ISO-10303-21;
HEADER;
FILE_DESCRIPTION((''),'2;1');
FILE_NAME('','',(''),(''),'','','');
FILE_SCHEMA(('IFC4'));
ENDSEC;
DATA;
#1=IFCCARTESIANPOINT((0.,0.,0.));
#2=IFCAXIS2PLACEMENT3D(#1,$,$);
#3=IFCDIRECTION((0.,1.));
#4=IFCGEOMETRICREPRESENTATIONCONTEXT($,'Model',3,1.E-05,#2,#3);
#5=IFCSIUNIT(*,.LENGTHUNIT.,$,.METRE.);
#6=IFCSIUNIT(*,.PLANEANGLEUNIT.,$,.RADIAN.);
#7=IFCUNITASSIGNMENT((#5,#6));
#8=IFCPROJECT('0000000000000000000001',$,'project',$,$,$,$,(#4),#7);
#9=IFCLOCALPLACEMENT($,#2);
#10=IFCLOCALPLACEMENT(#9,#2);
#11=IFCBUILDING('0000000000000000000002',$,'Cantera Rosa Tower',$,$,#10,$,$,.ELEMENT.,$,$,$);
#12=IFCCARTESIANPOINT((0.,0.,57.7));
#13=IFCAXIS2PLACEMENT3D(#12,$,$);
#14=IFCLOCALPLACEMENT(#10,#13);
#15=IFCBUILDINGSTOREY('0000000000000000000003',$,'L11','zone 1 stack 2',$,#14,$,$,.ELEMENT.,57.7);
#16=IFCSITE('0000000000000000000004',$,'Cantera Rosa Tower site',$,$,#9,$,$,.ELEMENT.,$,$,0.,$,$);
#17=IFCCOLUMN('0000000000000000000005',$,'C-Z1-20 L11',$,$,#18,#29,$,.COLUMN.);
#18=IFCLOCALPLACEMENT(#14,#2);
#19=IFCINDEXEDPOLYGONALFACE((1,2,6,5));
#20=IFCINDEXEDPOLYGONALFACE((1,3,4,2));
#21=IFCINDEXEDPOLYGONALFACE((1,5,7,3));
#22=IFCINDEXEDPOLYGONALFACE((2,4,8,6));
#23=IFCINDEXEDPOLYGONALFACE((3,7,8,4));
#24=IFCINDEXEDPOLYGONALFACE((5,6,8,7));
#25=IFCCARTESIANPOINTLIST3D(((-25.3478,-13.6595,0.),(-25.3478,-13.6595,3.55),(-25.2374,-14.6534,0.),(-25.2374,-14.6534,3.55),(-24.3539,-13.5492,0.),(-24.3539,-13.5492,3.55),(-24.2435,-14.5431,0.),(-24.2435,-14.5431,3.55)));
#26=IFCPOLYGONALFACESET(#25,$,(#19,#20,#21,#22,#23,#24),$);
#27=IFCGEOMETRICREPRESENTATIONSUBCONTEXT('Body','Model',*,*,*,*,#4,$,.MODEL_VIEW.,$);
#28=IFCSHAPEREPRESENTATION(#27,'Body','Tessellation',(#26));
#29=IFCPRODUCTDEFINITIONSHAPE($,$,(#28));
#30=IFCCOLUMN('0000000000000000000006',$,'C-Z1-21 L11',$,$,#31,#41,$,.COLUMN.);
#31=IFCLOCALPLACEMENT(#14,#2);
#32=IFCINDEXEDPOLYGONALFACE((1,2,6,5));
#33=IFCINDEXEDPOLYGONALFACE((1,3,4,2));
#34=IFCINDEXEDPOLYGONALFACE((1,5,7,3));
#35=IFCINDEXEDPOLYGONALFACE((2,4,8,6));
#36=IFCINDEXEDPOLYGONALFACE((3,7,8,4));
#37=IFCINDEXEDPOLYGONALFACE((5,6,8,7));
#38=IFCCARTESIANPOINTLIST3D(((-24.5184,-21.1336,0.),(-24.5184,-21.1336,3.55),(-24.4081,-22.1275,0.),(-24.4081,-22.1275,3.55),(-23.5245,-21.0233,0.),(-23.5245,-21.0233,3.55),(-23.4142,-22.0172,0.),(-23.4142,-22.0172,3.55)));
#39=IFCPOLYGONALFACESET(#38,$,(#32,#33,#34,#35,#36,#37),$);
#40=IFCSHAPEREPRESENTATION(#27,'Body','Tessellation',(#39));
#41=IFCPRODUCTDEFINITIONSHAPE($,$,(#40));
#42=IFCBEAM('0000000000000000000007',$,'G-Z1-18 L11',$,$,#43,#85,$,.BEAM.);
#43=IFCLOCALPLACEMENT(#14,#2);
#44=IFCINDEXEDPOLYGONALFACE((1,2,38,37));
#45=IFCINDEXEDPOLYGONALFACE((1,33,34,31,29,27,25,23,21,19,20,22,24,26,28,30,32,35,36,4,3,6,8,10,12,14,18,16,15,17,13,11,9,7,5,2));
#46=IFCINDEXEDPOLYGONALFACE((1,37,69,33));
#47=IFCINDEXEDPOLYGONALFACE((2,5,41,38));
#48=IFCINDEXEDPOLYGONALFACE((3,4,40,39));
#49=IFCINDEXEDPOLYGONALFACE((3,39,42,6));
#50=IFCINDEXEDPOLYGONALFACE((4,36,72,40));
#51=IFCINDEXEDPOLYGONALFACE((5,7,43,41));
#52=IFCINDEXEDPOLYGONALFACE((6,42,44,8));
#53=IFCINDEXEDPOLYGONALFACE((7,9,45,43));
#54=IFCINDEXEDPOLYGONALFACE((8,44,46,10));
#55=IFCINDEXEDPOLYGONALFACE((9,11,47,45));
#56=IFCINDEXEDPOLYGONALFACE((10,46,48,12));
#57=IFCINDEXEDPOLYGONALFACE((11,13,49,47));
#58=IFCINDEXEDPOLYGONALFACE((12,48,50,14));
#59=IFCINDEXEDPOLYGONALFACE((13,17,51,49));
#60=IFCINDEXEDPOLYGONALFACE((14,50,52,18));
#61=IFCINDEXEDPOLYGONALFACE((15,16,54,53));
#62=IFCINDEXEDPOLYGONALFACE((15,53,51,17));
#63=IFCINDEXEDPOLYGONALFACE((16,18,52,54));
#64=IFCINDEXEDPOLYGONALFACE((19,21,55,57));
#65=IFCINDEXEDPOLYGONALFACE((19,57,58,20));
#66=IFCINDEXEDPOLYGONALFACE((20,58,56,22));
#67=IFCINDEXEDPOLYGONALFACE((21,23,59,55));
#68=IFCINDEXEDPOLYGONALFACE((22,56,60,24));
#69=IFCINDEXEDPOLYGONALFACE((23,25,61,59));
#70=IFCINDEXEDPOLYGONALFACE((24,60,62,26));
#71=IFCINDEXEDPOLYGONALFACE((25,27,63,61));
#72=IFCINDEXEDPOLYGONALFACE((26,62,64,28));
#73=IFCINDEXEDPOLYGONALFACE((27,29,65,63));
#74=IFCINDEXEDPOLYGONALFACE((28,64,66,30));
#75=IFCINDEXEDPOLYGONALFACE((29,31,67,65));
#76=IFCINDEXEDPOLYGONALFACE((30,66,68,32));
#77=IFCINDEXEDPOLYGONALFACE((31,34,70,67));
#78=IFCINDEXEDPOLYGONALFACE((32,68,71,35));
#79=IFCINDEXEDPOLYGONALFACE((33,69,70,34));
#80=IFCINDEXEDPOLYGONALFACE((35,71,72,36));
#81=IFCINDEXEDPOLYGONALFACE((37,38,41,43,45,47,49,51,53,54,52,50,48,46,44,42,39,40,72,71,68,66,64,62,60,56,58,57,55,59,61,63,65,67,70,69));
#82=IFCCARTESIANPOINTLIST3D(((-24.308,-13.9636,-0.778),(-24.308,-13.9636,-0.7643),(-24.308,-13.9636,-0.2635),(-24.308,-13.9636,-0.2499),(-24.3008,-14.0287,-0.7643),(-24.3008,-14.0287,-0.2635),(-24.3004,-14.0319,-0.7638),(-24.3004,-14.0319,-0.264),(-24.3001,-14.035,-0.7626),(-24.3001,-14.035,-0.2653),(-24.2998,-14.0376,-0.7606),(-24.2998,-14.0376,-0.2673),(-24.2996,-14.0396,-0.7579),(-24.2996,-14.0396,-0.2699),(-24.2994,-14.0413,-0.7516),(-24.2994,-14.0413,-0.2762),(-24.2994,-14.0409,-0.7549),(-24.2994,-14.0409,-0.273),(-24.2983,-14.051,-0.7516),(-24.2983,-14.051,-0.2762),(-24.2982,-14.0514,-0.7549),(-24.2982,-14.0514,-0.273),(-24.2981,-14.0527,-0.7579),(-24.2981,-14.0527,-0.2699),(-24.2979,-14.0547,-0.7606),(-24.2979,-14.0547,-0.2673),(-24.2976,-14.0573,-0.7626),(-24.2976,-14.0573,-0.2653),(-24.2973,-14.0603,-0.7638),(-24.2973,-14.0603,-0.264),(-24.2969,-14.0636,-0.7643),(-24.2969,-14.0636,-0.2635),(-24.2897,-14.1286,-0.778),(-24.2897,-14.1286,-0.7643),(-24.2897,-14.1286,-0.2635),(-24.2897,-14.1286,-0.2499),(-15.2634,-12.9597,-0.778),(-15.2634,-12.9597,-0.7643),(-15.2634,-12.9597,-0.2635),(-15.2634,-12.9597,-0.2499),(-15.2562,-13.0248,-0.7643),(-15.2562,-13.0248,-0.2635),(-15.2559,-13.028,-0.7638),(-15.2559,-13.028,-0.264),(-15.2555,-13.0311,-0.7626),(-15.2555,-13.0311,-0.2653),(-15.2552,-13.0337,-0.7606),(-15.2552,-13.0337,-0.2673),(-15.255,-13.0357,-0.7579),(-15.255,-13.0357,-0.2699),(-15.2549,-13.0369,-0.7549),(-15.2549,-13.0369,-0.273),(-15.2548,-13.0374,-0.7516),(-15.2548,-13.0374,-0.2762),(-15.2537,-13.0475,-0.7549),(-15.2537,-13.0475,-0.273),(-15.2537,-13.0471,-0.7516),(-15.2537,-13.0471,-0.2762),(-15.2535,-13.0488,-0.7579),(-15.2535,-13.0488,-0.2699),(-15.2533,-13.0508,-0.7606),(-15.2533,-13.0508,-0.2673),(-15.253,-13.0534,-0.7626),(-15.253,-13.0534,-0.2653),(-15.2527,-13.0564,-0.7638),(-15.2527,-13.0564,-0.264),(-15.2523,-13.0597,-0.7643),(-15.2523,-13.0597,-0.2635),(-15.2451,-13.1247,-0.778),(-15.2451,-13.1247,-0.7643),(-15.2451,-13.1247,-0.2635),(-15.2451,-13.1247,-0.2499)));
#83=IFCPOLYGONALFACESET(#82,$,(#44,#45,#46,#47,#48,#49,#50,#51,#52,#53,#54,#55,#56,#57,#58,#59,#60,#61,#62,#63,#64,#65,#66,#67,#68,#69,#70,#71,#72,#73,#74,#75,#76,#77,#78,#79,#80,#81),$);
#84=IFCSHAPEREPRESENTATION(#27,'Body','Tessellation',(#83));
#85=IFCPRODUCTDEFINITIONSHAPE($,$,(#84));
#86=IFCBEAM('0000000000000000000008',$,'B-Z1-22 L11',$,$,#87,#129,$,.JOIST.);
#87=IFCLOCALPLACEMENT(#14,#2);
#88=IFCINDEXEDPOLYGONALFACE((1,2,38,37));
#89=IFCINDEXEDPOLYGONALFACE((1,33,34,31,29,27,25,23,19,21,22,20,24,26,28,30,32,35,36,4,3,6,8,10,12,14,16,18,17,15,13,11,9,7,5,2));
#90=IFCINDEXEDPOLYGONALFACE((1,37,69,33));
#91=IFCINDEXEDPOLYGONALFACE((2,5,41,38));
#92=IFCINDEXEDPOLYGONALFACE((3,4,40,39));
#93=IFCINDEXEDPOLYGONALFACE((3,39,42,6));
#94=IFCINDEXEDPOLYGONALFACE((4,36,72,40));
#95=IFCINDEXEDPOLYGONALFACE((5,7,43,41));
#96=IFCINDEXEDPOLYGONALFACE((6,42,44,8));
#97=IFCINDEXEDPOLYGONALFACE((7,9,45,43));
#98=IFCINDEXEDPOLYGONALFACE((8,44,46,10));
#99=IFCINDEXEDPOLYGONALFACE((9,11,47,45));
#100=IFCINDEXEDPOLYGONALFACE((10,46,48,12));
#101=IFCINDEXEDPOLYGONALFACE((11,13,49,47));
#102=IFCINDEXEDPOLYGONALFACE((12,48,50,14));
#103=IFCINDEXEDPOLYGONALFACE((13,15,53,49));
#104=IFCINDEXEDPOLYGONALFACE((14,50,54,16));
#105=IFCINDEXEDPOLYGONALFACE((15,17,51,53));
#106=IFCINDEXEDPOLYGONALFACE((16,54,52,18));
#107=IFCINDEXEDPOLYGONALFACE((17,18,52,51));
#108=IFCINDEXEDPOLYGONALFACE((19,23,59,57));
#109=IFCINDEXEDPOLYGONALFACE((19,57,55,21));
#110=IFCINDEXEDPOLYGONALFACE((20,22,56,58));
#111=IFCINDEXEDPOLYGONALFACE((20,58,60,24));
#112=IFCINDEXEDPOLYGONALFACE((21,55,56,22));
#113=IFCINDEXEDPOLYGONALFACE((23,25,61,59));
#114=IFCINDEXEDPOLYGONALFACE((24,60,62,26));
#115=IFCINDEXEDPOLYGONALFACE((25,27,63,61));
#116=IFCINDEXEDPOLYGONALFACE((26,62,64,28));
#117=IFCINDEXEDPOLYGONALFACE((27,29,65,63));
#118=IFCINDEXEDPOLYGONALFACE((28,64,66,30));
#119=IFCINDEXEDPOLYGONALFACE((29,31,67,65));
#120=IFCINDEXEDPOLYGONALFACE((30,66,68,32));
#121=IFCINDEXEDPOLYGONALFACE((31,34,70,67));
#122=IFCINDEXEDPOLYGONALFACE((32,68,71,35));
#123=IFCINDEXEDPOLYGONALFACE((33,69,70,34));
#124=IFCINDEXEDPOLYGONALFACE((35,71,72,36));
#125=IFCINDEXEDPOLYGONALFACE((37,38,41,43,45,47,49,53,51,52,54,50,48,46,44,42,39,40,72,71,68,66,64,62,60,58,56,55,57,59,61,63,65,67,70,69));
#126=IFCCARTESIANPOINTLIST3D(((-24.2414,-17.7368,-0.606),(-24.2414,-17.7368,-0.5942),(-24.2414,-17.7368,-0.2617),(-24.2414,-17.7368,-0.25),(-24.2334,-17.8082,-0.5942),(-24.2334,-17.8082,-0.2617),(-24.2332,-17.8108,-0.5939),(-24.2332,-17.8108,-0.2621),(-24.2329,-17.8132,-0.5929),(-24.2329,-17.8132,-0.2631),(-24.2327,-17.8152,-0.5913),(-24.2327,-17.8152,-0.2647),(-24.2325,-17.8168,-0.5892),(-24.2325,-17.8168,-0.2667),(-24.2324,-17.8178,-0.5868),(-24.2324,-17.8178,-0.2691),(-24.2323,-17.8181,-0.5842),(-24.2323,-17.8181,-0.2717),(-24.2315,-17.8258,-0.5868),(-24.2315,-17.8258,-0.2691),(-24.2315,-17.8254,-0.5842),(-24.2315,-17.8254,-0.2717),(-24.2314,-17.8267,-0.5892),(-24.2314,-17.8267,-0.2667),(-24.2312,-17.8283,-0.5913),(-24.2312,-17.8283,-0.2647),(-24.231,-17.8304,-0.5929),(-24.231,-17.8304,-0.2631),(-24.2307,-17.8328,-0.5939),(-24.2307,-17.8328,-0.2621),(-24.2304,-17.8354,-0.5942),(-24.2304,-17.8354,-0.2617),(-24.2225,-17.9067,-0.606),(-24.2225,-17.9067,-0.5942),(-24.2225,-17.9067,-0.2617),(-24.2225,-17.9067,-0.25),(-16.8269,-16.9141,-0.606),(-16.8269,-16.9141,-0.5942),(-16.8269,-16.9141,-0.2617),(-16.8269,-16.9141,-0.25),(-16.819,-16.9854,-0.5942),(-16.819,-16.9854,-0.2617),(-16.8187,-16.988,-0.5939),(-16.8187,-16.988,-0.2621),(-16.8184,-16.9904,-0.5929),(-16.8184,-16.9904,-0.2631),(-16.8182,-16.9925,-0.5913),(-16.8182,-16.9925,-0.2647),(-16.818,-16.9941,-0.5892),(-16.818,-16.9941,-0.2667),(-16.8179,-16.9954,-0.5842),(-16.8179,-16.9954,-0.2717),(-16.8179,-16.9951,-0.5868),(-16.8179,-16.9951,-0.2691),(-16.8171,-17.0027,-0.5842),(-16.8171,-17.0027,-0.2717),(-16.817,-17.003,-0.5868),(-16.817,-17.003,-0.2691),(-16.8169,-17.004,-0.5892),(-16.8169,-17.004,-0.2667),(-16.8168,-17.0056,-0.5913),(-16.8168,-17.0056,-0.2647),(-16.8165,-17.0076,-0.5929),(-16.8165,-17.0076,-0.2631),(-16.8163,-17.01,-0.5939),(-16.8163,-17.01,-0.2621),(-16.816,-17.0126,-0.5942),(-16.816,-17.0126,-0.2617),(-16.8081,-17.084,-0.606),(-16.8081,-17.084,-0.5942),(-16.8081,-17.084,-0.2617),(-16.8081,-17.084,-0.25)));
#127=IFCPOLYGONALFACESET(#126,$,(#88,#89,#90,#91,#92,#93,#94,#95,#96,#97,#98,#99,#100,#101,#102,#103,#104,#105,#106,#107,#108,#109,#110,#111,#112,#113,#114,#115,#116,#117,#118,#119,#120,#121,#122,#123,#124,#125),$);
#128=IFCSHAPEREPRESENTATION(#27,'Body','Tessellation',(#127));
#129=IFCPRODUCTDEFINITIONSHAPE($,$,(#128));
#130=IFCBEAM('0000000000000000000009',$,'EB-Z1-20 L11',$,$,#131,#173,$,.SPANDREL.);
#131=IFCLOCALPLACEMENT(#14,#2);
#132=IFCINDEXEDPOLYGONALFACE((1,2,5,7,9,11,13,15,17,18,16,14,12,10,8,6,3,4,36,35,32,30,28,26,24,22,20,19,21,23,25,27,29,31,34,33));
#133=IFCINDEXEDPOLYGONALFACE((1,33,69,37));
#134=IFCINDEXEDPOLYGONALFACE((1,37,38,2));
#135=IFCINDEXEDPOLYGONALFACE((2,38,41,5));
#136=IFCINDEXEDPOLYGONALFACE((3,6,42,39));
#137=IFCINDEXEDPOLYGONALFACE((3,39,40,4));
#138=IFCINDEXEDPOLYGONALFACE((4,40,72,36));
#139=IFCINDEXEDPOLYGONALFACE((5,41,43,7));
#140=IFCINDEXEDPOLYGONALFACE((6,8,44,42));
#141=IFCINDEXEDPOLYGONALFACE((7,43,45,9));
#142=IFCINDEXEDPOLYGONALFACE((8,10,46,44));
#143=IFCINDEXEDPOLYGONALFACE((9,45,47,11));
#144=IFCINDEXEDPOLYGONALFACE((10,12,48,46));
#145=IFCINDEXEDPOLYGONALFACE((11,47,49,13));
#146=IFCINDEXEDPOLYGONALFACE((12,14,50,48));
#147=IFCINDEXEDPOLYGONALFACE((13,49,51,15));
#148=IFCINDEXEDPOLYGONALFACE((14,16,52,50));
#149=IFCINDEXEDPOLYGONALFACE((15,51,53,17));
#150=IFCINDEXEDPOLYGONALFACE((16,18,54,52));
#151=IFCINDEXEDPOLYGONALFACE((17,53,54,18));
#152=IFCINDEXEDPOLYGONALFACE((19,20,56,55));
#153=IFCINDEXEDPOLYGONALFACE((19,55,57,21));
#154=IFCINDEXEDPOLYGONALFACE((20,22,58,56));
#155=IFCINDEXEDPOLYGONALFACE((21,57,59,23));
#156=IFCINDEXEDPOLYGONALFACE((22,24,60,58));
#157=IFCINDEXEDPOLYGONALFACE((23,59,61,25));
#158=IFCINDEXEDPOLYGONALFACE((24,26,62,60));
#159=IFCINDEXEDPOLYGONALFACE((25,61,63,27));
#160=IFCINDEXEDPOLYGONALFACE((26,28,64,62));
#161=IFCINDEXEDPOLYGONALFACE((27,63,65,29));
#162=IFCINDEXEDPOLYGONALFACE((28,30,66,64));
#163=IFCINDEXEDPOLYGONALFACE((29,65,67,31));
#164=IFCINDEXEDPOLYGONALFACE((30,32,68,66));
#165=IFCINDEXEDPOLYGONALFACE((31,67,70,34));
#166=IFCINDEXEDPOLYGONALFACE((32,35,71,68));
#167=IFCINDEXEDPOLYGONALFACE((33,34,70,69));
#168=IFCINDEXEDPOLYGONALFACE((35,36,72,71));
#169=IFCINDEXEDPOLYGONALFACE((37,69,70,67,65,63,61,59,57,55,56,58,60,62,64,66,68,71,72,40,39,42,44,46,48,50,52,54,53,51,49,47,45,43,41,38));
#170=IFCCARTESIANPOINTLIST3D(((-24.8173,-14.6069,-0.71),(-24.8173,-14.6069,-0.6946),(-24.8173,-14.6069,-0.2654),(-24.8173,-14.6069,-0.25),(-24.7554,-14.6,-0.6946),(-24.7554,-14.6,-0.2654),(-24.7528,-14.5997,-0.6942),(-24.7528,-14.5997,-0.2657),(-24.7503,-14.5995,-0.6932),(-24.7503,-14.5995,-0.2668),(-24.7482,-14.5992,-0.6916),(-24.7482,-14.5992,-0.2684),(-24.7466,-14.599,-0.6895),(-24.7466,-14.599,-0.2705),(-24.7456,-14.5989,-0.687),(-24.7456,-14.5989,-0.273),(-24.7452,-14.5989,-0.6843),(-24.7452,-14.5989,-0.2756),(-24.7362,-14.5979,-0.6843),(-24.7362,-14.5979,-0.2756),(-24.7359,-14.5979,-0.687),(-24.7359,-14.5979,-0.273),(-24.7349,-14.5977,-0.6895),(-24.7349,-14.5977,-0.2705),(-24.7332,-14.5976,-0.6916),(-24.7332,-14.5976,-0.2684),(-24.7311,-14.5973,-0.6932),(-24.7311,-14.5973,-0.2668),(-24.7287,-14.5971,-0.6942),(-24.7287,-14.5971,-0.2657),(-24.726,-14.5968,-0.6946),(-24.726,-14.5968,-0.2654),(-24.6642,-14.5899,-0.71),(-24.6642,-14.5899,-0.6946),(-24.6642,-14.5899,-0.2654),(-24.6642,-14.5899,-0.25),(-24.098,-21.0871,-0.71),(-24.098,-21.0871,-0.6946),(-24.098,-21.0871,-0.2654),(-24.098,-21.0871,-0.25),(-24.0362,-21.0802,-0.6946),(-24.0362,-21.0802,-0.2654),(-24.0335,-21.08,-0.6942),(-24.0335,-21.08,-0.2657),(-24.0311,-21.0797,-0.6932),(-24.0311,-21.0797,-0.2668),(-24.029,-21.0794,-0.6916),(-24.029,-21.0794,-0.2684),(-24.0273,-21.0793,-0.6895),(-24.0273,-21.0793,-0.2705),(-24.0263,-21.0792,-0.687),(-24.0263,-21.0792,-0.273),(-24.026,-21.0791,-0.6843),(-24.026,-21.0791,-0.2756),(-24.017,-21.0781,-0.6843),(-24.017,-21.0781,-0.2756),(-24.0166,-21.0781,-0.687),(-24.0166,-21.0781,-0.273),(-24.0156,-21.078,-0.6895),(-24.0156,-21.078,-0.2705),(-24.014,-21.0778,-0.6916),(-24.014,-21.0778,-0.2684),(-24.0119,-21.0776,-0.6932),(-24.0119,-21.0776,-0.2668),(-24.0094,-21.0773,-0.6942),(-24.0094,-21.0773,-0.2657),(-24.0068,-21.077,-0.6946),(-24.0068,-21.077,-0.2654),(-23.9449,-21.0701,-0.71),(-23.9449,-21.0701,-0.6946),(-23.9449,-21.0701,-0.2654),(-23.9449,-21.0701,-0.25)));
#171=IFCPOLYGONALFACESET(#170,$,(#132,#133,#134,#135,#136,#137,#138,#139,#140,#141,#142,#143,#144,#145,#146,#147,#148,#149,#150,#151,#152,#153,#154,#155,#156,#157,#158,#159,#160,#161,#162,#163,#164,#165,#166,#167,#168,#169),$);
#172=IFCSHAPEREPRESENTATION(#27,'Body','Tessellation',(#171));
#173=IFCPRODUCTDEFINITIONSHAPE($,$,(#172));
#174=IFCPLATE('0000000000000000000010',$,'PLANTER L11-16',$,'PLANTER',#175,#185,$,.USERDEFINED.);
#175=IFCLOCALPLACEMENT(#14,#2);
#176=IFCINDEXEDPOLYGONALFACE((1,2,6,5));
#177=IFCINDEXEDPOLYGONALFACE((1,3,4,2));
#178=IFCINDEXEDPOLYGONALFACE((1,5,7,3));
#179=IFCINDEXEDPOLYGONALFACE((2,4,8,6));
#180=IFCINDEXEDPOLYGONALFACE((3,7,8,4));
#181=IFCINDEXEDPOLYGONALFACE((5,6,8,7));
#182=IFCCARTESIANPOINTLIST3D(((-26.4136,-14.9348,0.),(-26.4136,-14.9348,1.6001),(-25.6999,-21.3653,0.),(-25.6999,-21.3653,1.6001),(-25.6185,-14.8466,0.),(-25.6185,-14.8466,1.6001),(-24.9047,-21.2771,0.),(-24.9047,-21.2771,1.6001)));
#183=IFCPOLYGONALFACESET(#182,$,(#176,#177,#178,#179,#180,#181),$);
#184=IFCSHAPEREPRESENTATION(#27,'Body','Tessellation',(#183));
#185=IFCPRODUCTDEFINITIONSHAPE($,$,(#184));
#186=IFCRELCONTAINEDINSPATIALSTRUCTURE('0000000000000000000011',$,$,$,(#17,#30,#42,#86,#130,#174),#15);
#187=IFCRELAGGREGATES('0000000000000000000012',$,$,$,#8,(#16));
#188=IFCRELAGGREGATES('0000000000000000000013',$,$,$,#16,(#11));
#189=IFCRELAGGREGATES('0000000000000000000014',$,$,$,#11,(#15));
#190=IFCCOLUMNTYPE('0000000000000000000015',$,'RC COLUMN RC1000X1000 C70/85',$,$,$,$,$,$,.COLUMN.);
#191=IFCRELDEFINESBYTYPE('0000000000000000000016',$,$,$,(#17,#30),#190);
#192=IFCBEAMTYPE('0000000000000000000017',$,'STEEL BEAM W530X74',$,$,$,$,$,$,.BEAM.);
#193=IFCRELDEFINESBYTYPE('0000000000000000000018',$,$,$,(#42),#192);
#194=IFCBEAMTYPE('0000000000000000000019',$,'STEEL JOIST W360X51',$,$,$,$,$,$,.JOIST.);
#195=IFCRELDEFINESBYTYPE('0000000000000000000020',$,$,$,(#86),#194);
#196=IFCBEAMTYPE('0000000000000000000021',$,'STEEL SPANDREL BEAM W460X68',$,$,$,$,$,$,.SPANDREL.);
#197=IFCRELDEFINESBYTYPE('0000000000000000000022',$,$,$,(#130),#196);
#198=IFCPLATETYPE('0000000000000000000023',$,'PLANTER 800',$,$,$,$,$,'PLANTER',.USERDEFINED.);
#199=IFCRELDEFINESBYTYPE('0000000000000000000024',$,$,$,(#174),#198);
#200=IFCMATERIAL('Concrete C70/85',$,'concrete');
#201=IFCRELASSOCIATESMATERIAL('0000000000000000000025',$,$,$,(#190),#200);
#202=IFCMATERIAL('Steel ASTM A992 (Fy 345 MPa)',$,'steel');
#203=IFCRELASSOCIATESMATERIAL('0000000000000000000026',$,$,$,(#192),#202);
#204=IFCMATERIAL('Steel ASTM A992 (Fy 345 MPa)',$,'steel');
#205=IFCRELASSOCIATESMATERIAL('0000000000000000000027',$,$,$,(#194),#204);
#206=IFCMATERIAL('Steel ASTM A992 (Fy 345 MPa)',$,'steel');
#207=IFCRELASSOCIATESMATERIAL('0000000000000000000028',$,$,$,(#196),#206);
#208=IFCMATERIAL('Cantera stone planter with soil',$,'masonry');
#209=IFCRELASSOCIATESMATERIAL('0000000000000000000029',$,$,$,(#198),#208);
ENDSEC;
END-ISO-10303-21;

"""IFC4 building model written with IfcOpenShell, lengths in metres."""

from ifc_helpers import new_model, si_unit, direction, frame, origin, origin_2d, place, context, subcontext, project, spatial, rectangle, i_section, extrude, material, material_profile, profile_set, type_object, element, save


model = new_model("IFC4")

# Units and contexts
model_context = context("Model", 3, precision=1e-05, world=origin(), true_north=direction((0.0, 1.0)))
body_context = subcontext(model_context, "Body", "Model", "MODEL_VIEW")
ifc_project = project(units=[si_unit("LENGTHUNIT", "METRE"), si_unit("PLANEANGLEUNIT", "RADIAN")], contexts=[model_context])

# Site, building, storey
site_placement = place(None, origin())
site = spatial("IfcSite", under=ifc_project, at=site_placement, Name="Cantera Rosa Tower site", CompositionType="ELEMENT", RefElevation=0.0)
building_placement = place(site_placement, origin())
building = spatial("IfcBuilding", under=site, at=building_placement, Name="Cantera Rosa Tower", CompositionType="ELEMENT")
storey_placement = place(building_placement, frame((0.0, 0.0, 57.7)))
storey = spatial("IfcBuildingStorey", under=building, at=storey_placement, Name="L11", Description="zone 1 stack 2", CompositionType="ELEMENT", Elevation=57.7)

# Columns
ifc_material_1 = material(Name="Concrete C70/85", Category="concrete")
ifc_material_profile_1 = material_profile(ifc_material_1, rectangle(XDim=1.0, YDim=1.0, at=origin_2d()), Name="RC COLUMN RC1000X1000 C70/85")
ifc_profile_set_1 = profile_set([ifc_material_profile_1], Name="Concrete C70/85")
column_type = type_object("IfcColumnType", Name="RC COLUMN RC1000X1000 C70/85", PredefinedType="COLUMN", material=ifc_profile_set_1)
for number, where, z_axis, x_axis, name in (
    (1, (-24.7957, -14.1013, 0.0), (0.0, 0.0, 1.0), (0.993897, 0.110313, 0.0), "C-Z1-20 L11"),
    (2, (-23.9663, -21.5754, 0.0), (0.0, 0.0, 1.0), (0.993897, 0.110313, 0.0), "C-Z1-21 L11"),
):
    element("IfcColumn", number, at=place(storey_placement, frame(where, z_axis=z_axis, x_axis=x_axis)), inside=storey, type_object=column_type, Name=name, PredefinedType="COLUMN", context=body_context, shape_type="SweptSolid", body=[
        extrude(rectangle(XDim=1.0, YDim=1.0, at=origin_2d()), origin(), (0.0, 0.0, 1.0), 3.55),
    ])

# Beams
ifc_material_2 = material(Name="Steel ASTM A992 (Fy 345 MPa)", Category="steel")
ifc_material_profile_2 = material_profile(ifc_material_2, i_section(OverallWidth=0.166, OverallDepth=0.5281, WebThickness=0.0098, FlangeThickness=0.0137, FilletRadius=0.0127, at=origin_2d()), Name="W530X74")
ifc_profile_set_2 = profile_set([ifc_material_profile_2], Name="Steel ASTM A992 (Fy 345 MPa)")
beam_type_1 = type_object("IfcBeamType", Name="STEEL BEAM W530X74", PredefinedType="BEAM", material=ifc_profile_set_2)
beam_1_placement = place(storey_placement, frame((-24.2988, -14.0461, -0.5139), z_axis=(0.993896, 0.11032, 0.0), x_axis=(-0.11032, 0.993896, 0.0)))
element("IfcBeam", 3, at=beam_1_placement, inside=storey, type_object=beam_type_1, Name="G-Z1-18 L11", PredefinedType="BEAM", context=body_context, shape_type="SweptSolid", body=[
    extrude(i_section(OverallWidth=0.166, OverallDepth=0.5281, WebThickness=0.0098, FlangeThickness=0.0137, FilletRadius=0.0127, at=origin_2d()), origin(), (0.0, 0.0, 1.0), 9.1001),
])
ifc_material_3 = material(Name="Steel ASTM A992 (Fy 345 MPa)", Category="steel")
ifc_material_profile_3 = material_profile(ifc_material_3, i_section(OverallWidth=0.1709, OverallDepth=0.356, WebThickness=0.0073, FlangeThickness=0.0117, FilletRadius=0.01, at=origin_2d()), Name="W360X51")
ifc_profile_set_3 = profile_set([ifc_material_profile_3], Name="Steel ASTM A992 (Fy 345 MPa)")
beam_type_2 = type_object("IfcBeamType", Name="STEEL JOIST W360X51", PredefinedType="JOIST", material=ifc_profile_set_3)
beam_2_placement = place(storey_placement, frame((-24.2319, -17.8218, -0.428), z_axis=(0.9939, 0.110288, 0.0), x_axis=(-0.110288, 0.9939, 0.0)))
element("IfcBeam", 4, at=beam_2_placement, inside=storey, type_object=beam_type_2, Name="B-Z1-22 L11", PredefinedType="JOIST", context=body_context, shape_type="SweptSolid", body=[
    extrude(i_section(OverallWidth=0.1709, OverallDepth=0.356, WebThickness=0.0073, FlangeThickness=0.0117, FilletRadius=0.01, at=origin_2d()), origin(), (0.0, 0.0, 1.0), 7.46),
])
ifc_material_4 = material(Name="Steel ASTM A992 (Fy 345 MPa)", Category="steel")
ifc_material_profile_4 = material_profile(ifc_material_4, i_section(OverallWidth=0.1541, OverallDepth=0.46, WebThickness=0.009, FlangeThickness=0.0154, FilletRadius=0.0103, at=origin_2d()), Name="W460X68")
ifc_profile_set_4 = profile_set([ifc_material_profile_4], Name="Steel ASTM A992 (Fy 345 MPa)")
beam_type_3 = type_object("IfcBeamType", Name="STEEL SPANDREL BEAM W460X68", PredefinedType="SPANDREL", material=ifc_profile_set_4)
beam_3_placement = place(storey_placement, frame((-24.7407, -14.5984, -0.48), z_axis=(0.110312, -0.993897, 0.0), x_axis=(0.993897, 0.110312, 0.0)))
element("IfcBeam", 5, at=beam_3_placement, inside=storey, type_object=beam_type_3, Name="EB-Z1-20 L11", PredefinedType="SPANDREL", context=body_context, shape_type="SweptSolid", body=[
    extrude(i_section(OverallWidth=0.1541, OverallDepth=0.46, WebThickness=0.009, FlangeThickness=0.0154, FilletRadius=0.0103, at=origin_2d()), origin(), (0.0, 0.0, 1.0), 6.52),
])

# Plate
ifc_material_5 = material(Name="Cantera stone planter with soil", Category="masonry")
plate_type = type_object("IfcPlateType", Name="PLANTER 800", ElementType="PLANTER", PredefinedType="USERDEFINED", material=ifc_material_5)
plate_placement = place(storey_placement, frame((-25.6592, -18.106, 0.0), z_axis=(0.0, 0.0, 1.0), x_axis=(0.110313, -0.993897, 0.0)))
element("IfcPlate", 6, at=plate_placement, inside=storey, type_object=plate_type, Name="PLANTER L11-16", ObjectType="PLANTER", PredefinedType="USERDEFINED", context=body_context, shape_type="SweptSolid", body=[
    extrude(rectangle(XDim=6.47, YDim=0.8, at=origin_2d()), origin(), (0.0, 0.0, 1.0), 1.6001),
])

save(model, "model.ifc")
